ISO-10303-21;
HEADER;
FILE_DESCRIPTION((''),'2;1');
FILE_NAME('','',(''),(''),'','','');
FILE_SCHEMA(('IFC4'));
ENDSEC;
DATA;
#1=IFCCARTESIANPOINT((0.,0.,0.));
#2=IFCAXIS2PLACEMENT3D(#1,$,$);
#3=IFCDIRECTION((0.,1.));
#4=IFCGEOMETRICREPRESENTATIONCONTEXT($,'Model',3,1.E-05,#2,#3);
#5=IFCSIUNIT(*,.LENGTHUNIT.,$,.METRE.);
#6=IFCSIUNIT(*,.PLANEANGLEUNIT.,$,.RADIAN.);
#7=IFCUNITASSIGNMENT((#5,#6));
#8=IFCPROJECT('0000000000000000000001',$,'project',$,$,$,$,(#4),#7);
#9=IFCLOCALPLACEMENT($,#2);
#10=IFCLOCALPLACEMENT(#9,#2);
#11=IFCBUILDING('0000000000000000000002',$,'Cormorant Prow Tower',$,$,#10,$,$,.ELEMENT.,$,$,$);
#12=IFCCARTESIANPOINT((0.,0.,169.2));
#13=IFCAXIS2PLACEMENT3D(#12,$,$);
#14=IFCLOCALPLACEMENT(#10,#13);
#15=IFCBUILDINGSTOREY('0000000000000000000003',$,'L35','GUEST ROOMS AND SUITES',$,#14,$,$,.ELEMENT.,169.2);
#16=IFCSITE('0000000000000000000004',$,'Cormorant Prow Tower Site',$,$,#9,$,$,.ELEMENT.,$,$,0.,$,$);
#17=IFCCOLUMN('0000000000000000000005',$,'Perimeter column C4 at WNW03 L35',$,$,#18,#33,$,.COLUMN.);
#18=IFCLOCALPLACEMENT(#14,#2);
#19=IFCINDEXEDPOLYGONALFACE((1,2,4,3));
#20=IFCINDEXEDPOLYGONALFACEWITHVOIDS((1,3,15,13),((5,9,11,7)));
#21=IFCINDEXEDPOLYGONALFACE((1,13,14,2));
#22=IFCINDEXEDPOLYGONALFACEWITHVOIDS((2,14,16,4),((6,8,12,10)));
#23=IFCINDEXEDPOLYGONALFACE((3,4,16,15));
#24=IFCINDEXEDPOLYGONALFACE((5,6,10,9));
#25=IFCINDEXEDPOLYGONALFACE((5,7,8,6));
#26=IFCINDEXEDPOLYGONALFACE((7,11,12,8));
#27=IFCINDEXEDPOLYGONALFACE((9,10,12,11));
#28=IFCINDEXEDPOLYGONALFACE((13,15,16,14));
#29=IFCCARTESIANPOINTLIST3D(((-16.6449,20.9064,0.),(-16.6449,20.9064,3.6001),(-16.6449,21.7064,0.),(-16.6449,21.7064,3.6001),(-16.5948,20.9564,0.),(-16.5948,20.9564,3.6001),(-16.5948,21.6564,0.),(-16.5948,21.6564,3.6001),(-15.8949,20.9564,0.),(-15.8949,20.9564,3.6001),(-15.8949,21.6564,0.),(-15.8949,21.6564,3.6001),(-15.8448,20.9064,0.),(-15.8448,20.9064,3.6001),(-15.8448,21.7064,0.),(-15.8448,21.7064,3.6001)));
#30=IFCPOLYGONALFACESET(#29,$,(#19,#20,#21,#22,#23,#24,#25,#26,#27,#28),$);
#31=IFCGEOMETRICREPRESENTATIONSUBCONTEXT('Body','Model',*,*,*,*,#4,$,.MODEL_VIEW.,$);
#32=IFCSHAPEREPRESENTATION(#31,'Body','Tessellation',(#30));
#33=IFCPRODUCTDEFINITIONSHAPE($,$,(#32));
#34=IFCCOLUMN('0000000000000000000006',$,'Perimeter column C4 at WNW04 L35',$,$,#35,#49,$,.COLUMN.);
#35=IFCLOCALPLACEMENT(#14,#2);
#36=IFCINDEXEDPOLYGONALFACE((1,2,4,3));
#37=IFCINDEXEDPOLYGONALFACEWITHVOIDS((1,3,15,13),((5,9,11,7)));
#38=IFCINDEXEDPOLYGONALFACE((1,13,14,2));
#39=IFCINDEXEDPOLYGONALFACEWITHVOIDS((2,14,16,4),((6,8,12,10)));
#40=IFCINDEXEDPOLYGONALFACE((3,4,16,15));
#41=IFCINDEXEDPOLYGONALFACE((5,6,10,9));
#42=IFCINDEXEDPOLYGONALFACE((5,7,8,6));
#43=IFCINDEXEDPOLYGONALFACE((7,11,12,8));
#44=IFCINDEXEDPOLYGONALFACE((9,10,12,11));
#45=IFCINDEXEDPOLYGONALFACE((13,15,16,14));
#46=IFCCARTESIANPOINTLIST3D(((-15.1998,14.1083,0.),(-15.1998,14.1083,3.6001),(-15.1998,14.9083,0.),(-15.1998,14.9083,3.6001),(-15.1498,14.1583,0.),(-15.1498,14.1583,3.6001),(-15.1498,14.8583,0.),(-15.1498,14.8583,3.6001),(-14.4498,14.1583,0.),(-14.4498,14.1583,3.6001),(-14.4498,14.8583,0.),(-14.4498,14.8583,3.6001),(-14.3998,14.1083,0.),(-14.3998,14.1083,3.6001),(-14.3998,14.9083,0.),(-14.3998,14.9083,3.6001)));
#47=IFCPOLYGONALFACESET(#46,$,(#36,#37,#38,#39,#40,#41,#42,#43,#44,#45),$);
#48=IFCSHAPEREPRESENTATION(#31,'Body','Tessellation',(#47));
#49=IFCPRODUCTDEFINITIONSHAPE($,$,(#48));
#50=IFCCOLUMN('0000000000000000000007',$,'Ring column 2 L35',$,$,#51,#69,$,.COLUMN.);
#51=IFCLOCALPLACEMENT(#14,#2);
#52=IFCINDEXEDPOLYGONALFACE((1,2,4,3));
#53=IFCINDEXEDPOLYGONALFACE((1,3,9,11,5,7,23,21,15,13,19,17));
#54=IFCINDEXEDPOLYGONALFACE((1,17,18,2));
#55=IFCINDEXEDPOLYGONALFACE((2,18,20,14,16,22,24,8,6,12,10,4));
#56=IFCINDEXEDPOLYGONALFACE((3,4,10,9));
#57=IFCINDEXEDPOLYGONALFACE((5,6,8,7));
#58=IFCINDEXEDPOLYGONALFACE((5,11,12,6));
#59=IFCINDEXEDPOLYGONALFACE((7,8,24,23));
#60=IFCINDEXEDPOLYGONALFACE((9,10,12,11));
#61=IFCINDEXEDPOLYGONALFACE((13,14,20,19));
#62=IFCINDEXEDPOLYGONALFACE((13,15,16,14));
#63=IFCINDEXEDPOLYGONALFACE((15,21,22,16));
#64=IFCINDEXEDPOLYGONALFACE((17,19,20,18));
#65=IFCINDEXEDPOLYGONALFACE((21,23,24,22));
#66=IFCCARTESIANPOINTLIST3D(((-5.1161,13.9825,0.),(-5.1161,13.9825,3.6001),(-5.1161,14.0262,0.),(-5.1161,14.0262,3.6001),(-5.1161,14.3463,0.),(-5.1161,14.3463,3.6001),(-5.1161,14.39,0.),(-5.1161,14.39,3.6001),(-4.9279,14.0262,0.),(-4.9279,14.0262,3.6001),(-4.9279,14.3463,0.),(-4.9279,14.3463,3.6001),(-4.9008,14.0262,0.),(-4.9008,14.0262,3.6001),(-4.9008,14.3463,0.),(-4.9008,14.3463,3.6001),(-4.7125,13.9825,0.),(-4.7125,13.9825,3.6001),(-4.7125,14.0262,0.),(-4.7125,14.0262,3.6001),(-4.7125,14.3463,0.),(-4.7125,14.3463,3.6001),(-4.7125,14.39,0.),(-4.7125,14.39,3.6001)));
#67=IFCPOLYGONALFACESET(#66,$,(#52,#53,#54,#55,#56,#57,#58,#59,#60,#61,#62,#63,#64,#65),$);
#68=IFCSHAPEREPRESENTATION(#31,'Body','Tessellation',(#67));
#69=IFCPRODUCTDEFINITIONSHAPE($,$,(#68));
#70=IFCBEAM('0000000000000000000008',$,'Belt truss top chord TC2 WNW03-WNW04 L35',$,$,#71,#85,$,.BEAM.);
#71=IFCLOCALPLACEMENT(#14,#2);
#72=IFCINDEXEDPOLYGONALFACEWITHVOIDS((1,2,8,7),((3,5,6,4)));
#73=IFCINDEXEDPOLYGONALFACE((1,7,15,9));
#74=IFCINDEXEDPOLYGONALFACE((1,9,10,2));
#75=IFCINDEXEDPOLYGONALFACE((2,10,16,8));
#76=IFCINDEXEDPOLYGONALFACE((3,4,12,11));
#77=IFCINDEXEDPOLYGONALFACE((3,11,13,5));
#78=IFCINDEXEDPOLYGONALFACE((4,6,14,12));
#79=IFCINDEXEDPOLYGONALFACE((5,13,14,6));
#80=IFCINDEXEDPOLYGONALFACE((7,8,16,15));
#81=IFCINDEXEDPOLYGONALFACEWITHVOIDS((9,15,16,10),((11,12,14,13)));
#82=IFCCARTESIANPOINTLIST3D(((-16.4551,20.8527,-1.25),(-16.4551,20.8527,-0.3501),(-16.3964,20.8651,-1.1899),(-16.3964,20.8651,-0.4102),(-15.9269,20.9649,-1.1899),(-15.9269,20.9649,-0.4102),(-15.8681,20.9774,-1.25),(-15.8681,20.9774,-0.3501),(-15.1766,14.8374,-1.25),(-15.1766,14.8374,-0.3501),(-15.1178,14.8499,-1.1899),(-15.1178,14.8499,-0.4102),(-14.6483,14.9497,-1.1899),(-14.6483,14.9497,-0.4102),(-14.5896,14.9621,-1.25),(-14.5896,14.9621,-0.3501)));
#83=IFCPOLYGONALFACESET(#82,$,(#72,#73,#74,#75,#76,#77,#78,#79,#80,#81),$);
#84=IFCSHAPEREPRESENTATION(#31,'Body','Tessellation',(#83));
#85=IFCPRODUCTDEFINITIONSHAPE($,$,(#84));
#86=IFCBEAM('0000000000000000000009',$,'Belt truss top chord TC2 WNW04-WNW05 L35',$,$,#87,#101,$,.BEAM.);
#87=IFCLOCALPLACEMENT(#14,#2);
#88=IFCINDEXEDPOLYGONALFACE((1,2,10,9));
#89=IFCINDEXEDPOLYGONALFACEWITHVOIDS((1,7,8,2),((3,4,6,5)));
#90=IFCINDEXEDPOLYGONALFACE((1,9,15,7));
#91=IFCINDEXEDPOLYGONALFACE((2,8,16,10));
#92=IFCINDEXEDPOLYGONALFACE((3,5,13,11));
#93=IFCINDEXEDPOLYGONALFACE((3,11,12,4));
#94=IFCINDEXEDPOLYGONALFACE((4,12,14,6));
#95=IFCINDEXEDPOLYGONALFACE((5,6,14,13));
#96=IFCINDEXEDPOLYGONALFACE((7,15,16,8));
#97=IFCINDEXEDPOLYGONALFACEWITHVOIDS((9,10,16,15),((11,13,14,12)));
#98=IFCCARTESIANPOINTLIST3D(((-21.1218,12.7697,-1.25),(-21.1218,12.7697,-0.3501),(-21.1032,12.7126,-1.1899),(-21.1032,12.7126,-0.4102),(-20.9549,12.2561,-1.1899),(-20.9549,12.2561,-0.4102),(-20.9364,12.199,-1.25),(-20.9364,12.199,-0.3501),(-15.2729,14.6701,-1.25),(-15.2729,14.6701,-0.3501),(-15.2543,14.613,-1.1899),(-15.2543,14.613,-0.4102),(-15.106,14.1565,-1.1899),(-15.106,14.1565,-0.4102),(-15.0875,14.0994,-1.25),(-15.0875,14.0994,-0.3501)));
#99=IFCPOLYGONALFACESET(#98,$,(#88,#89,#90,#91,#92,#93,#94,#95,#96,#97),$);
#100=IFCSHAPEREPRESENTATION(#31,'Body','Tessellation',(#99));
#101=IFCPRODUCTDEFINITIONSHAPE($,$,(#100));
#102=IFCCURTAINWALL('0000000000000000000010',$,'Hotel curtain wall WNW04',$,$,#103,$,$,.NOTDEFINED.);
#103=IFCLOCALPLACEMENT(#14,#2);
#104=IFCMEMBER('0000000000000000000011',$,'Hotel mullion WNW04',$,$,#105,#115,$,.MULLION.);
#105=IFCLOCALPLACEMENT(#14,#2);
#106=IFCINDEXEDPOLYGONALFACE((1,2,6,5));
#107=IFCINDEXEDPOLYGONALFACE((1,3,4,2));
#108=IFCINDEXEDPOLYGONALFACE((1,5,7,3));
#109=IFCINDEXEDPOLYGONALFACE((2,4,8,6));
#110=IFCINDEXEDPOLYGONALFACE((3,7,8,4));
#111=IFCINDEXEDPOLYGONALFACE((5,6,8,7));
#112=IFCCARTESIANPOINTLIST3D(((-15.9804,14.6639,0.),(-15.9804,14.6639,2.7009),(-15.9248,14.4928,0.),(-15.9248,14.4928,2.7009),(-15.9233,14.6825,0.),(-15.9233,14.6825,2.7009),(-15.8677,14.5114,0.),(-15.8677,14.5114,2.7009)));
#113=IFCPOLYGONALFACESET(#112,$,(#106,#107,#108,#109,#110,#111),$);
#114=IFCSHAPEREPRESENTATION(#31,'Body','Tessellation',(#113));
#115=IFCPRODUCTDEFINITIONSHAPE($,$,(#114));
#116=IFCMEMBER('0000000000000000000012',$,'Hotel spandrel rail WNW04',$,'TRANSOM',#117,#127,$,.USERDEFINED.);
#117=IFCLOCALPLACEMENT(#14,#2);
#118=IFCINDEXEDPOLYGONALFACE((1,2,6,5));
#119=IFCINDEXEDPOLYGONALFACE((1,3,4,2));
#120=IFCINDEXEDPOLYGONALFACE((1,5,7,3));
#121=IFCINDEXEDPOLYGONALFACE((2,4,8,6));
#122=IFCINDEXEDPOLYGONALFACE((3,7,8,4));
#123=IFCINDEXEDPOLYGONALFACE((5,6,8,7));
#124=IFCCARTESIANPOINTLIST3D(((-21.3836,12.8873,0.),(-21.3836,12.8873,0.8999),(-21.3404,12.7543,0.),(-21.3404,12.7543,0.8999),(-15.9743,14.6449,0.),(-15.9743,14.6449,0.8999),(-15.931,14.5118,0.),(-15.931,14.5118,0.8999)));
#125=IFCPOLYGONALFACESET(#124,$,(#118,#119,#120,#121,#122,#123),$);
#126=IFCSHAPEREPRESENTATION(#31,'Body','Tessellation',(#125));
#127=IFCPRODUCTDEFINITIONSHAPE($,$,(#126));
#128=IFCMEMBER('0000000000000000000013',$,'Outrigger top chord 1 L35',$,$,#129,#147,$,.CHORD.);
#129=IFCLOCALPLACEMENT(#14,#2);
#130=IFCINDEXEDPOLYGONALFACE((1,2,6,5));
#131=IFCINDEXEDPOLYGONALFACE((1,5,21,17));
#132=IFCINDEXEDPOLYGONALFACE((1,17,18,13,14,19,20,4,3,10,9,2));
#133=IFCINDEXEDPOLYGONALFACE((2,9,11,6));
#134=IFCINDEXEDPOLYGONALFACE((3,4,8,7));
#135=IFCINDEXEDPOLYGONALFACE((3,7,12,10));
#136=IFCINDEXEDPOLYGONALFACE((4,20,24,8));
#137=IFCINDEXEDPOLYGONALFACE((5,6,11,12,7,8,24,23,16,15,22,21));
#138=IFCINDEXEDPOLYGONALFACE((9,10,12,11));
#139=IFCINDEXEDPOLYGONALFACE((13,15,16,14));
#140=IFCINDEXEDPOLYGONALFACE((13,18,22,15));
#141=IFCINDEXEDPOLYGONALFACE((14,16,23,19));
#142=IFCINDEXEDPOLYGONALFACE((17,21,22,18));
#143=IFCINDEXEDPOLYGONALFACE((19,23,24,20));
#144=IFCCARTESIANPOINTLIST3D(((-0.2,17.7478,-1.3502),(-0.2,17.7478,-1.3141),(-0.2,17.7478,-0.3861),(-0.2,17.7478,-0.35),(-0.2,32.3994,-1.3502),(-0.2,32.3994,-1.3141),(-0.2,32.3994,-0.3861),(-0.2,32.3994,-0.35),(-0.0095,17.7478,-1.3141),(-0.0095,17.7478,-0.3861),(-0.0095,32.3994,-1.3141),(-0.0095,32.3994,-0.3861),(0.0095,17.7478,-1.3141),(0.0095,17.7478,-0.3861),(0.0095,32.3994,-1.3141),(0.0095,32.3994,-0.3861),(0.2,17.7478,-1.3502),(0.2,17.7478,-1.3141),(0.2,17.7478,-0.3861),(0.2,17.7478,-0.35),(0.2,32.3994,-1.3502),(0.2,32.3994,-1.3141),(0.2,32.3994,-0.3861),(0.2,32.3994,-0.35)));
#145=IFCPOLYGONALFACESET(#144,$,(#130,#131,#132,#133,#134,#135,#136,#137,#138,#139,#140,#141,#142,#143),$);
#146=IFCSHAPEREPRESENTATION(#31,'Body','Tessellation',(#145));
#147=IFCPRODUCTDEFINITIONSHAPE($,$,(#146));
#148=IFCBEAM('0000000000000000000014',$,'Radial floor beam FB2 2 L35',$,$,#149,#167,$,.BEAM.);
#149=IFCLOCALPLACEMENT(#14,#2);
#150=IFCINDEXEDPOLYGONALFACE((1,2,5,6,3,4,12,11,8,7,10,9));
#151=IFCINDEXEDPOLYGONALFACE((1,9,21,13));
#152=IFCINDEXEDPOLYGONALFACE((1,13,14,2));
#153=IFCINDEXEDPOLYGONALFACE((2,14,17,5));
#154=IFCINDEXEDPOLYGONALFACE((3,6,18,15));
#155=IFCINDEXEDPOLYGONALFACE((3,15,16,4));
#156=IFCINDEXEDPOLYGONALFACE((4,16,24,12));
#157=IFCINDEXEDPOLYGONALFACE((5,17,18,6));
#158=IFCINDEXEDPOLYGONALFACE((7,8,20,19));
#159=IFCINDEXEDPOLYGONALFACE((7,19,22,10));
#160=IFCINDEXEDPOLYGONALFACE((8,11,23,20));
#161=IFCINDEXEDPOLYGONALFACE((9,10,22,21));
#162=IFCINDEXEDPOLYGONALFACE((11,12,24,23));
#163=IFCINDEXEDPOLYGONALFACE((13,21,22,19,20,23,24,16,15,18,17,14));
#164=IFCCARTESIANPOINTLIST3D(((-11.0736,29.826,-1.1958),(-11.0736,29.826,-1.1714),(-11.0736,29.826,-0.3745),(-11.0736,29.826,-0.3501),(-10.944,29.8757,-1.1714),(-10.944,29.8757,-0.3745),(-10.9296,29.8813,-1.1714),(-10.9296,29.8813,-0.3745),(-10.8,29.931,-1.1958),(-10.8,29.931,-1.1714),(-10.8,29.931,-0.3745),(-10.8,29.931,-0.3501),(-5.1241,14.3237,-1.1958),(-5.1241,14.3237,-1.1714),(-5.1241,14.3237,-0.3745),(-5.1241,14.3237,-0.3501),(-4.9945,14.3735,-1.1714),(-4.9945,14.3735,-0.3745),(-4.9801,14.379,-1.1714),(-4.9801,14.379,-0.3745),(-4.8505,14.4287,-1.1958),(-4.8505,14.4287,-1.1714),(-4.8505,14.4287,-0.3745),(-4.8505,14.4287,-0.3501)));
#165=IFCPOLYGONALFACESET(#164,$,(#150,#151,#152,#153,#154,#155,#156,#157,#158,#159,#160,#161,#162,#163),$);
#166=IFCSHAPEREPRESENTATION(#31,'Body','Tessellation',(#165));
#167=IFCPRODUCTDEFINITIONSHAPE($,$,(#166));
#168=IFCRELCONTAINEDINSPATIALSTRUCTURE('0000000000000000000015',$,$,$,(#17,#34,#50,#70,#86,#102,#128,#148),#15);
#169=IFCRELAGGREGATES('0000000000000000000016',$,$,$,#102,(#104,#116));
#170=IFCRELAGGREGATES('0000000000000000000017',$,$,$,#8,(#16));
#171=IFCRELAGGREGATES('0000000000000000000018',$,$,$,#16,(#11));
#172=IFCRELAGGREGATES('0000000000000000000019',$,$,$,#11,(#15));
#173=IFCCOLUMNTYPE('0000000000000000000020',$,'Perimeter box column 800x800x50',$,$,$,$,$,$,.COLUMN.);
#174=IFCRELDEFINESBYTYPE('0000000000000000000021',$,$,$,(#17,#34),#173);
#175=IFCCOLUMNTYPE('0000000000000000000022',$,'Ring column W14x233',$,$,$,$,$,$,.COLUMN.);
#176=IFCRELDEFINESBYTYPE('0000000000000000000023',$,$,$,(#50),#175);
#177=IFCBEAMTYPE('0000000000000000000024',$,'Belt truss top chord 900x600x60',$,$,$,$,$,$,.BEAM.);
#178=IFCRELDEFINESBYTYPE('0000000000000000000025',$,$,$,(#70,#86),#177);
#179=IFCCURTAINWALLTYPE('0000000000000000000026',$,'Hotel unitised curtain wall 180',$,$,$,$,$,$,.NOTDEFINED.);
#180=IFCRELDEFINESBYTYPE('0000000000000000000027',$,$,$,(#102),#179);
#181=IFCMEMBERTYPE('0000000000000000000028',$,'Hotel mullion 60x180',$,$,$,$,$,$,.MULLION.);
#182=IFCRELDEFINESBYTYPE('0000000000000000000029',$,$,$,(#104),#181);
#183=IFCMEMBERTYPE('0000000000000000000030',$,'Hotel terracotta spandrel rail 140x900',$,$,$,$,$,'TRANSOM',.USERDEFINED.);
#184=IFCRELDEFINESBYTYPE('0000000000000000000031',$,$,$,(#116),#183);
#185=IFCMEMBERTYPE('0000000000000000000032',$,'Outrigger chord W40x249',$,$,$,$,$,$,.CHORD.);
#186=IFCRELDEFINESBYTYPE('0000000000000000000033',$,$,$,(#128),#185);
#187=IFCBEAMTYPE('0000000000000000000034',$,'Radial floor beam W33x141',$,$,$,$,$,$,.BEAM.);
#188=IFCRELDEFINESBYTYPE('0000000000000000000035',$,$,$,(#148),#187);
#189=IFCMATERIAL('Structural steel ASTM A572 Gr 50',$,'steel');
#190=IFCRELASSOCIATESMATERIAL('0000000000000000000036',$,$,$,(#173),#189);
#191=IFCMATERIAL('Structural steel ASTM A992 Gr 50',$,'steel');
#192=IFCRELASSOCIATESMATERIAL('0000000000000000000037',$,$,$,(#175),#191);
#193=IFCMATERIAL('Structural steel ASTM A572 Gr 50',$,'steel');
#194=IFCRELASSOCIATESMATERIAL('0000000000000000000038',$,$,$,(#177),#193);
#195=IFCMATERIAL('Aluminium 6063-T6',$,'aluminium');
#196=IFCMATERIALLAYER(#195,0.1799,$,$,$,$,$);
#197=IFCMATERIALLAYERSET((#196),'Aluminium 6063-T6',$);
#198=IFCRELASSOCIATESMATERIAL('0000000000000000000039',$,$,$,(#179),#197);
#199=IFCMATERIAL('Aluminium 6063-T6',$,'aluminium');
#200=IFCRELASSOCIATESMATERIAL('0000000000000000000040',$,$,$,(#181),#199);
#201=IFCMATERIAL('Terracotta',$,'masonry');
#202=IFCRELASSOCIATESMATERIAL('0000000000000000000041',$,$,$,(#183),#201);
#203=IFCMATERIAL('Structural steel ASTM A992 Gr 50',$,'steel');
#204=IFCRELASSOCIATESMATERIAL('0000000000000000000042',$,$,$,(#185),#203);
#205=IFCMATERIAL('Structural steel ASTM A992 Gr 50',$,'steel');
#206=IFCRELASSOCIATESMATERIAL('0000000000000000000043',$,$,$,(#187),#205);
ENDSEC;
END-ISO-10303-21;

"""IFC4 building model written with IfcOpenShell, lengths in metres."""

from ifc_helpers import new_model, si_unit, direction, frame, origin, origin_2d, place, context, subcontext, project, spatial, rectangle, hollow_rectangle, i_section, extrude, material, layer, layer_set, material_profile, profile_set, type_object, element, aggregate, save


model = new_model("IFC4")

# Units and contexts
model_context = context("Model", 3, precision=1e-05, world=origin(), true_north=direction((0.0, 1.0)))
body_context = subcontext(model_context, "Body", "Model", "MODEL_VIEW")
ifc_project = project(units=[si_unit("LENGTHUNIT", "METRE"), si_unit("PLANEANGLEUNIT", "RADIAN")], contexts=[model_context])

# Site, building, storey
site_placement = place(None, origin())
site = spatial("IfcSite", under=ifc_project, at=site_placement, Name="Cormorant Prow Tower Site", CompositionType="ELEMENT", RefElevation=0.0)
building_placement = place(site_placement, origin())
building = spatial("IfcBuilding", under=site, at=building_placement, Name="Cormorant Prow Tower", CompositionType="ELEMENT")
storey_placement = place(building_placement, frame((0.0, 0.0, 169.2)))
storey = spatial("IfcBuildingStorey", under=building, at=storey_placement, Name="L35", Description="GUEST ROOMS AND SUITES", CompositionType="ELEMENT", Elevation=169.2)

# Columns
ifc_material_1 = material(Name="Structural steel ASTM A572 Gr 50", Category="steel")
ifc_material_profile_1 = material_profile(ifc_material_1, hollow_rectangle(XDim=0.8, YDim=0.8, WallThickness=0.05, at=origin_2d()), Name="Box 800x800x50")
ifc_profile_set_1 = profile_set([ifc_material_profile_1], Name="Structural steel ASTM A572 Gr 50")
column_type_1 = type_object("IfcColumnType", Name="Perimeter box column 800x800x50", PredefinedType="COLUMN", material=ifc_profile_set_1)
for number, where, z_axis, x_axis, name in (
    (1, (-16.2449, 21.3064, 0.0), (0.0, 0.0, 1.0), (1.0, 0.0, 0.0), "Perimeter column C4 at WNW03 L35"),
    (2, (-14.7998, 14.5083, 0.0), (0.0, 0.0, 1.0), (1.0, 0.0, 0.0), "Perimeter column C4 at WNW04 L35"),
):
    element("IfcColumn", number, at=place(storey_placement, frame(where, z_axis=z_axis, x_axis=x_axis)), inside=storey, type_object=column_type_1, Name=name, PredefinedType="COLUMN", context=body_context, shape_type="SweptSolid", body=[
        extrude(hollow_rectangle(XDim=0.8, YDim=0.8, WallThickness=0.05, at=origin_2d()), origin(), (0.0, 0.0, 1.0), 3.6001),
    ])
ifc_material_2 = material(Name="Structural steel ASTM A992 Gr 50", Category="steel")
ifc_material_profile_2 = material_profile(ifc_material_2, i_section(OverallWidth=0.4036, OverallDepth=0.4075, WebThickness=0.0271, FlangeThickness=0.0437, at=origin_2d()), Name="W14x233")
ifc_profile_set_2 = profile_set([ifc_material_profile_2], Name="Structural steel ASTM A992 Gr 50")
column_type_2 = type_object("IfcColumnType", Name="Ring column W14x233", PredefinedType="COLUMN", material=ifc_profile_set_2)
column_placement = place(storey_placement, frame((-4.9143, 14.1863, 0.0), z_axis=(0.0, 0.0, 1.0), x_axis=(1.0, 0.0, 0.0)))
element("IfcColumn", 3, at=column_placement, inside=storey, type_object=column_type_2, Name="Ring column 2 L35", PredefinedType="COLUMN", context=body_context, shape_type="SweptSolid", body=[
    extrude(i_section(OverallWidth=0.4036, OverallDepth=0.4075, WebThickness=0.0271, FlangeThickness=0.0437, at=origin_2d()), origin(), (0.0, 0.0, 1.0), 3.6001),
])

# Beams
ifc_material_3 = material(Name="Structural steel ASTM A572 Gr 50", Category="steel")
ifc_material_profile_3 = material_profile(ifc_material_3, hollow_rectangle(XDim=0.6001, YDim=0.8999, WallThickness=0.0601, at=origin_2d()), Name="Box 900x600x60")
ifc_profile_set_3 = profile_set([ifc_material_profile_3], Name="Structural steel ASTM A572 Gr 50")
beam_type_1 = type_object("IfcBeamType", Name="Belt truss top chord 900x600x60", PredefinedType="BEAM", material=ifc_profile_set_3)
beam_1_placement = place(storey_placement, frame((-16.1616, 20.915, -0.8), z_axis=(0.207905, -0.978149, 0.0), x_axis=(0.978149, 0.207905, 0.0)))
element("IfcBeam", 4, at=beam_1_placement, inside=storey, type_object=beam_type_1, Name="Belt truss top chord TC2 WNW03-WNW04 L35", PredefinedType="BEAM", context=body_context, shape_type="SweptSolid", body=[
    extrude(hollow_rectangle(XDim=0.6001, YDim=0.8999, WallThickness=0.0601, at=origin_2d()), origin(), (0.0, 0.0, 1.0), 6.1497),
])
beam_2_placement = place(storey_placement, frame((-15.1802, 14.3848, -0.8), z_axis=(-0.951058, -0.309013, 0.0), x_axis=(0.309013, -0.951058, 0.0)))
element("IfcBeam", 5, at=beam_2_placement, inside=storey, type_object=beam_type_1, Name="Belt truss top chord TC2 WNW04-WNW05 L35", PredefinedType="BEAM", context=body_context, shape_type="SweptSolid", body=[
    extrude(hollow_rectangle(XDim=0.6001, YDim=0.8999, WallThickness=0.0601, at=origin_2d()), origin(), (0.0, 0.0, 1.0), 6.1499),
])

# Curtain wall, members
ifc_material_4 = material(Name="Aluminium 6063-T6", Category="aluminium")
ifc_layer_1 = layer(ifc_material_4, 0.1799)
ifc_layer_set_1 = layer_set([ifc_layer_1], Name="Aluminium 6063-T6")
curtain_wall_type = type_object("IfcCurtainWallType", Name="Hotel unitised curtain wall 180", PredefinedType="NOTDEFINED", material=ifc_layer_set_1)
curtain_wall_1_placement = place(storey_placement, origin())
curtain_wall_1 = element("IfcCurtainWall", 6, at=curtain_wall_1_placement, inside=storey, type_object=curtain_wall_type, Name="Hotel curtain wall WNW04", PredefinedType="NOTDEFINED")
ifc_material_5 = material(Name="Aluminium 6063-T6", Category="aluminium")
ifc_material_profile_4 = material_profile(ifc_material_5, rectangle(XDim=0.1799, YDim=0.0601, at=origin_2d()), Name="Hotel mullion 60x180")
ifc_profile_set_4 = profile_set([ifc_material_profile_4], Name="Aluminium 6063-T6")
member_type_1 = type_object("IfcMemberType", Name="Hotel mullion 60x180", PredefinedType="MULLION", material=ifc_profile_set_4)
member_1_placement = place(storey_placement, frame((-15.9241, 14.5876, 0.0), z_axis=(0.0, 0.0, 1.0), x_axis=(0.309017, -0.951057, 0.0)))
member_1 = element("IfcMember", 7, at=member_1_placement, type_object=member_type_1, Name="Hotel mullion WNW04", PredefinedType="MULLION", context=body_context, shape_type="SweptSolid", body=[
    extrude(rectangle(XDim=0.1799, YDim=0.0601, at=origin_2d()), origin(), (0.0, 0.0, 1.0), 2.7009),
])
ifc_material_6 = material(Name="Terracotta", Category="masonry")
ifc_material_profile_5 = material_profile(ifc_material_6, rectangle(XDim=0.1399, YDim=0.8999, at=origin_2d()), Name="Hotel terracotta spandrel rail 140x900")
ifc_profile_set_5 = profile_set([ifc_material_profile_5], Name="Terracotta")
member_type_2 = type_object("IfcMemberType", Name="Hotel terracotta spandrel rail 140x900", ElementType="TRANSOM", PredefinedType="USERDEFINED", material=ifc_profile_set_5)
member_2_placement = place(storey_placement, frame((-15.9526, 14.5784, 0.45), z_axis=(-0.95106, -0.309007, 0.0), x_axis=(0.309007, -0.95106, 0.0)))
member_2 = element("IfcMember", 8, at=member_2_placement, type_object=member_type_2, Name="Hotel spandrel rail WNW04", ObjectType="TRANSOM", PredefinedType="USERDEFINED", context=body_context, shape_type="SweptSolid", body=[
    extrude(rectangle(XDim=0.1399, YDim=0.8999, at=origin_2d()), origin(), (0.0, 0.0, 1.0), 5.6877),
])
aggregate(curtain_wall_1, [member_1, member_2])

# Member
ifc_material_7 = material(Name="Structural steel ASTM A992 Gr 50", Category="steel")
ifc_material_profile_6 = material_profile(ifc_material_7, i_section(OverallWidth=0.3999, OverallDepth=1.0002, WebThickness=0.019, FlangeThickness=0.0361, at=origin_2d()), Name="W40x249")
ifc_profile_set_6 = profile_set([ifc_material_profile_6], Name="Structural steel ASTM A992 Gr 50")
member_type_3 = type_object("IfcMemberType", Name="Outrigger chord W40x249", PredefinedType="CHORD", material=ifc_profile_set_6)
member_3_placement = place(storey_placement, frame((0.0, 17.7478, -0.8501), z_axis=(0.0, 1.0, 0.0), x_axis=(-1.0, 0.0, 0.0)))
element("IfcMember", 9, at=member_3_placement, inside=storey, type_object=member_type_3, Name="Outrigger top chord 1 L35", PredefinedType="CHORD", context=body_context, shape_type="SweptSolid", body=[
    extrude(i_section(OverallWidth=0.3999, OverallDepth=1.0002, WebThickness=0.019, FlangeThickness=0.0361, at=origin_2d()), origin(), (0.0, 0.0, 1.0), 14.6516),
])

# Beam
ifc_material_8 = material(Name="Structural steel ASTM A992 Gr 50", Category="steel")
ifc_material_profile_7 = material_profile(ifc_material_8, i_section(OverallWidth=0.293, OverallDepth=0.8457, WebThickness=0.0154, FlangeThickness=0.0244, at=origin_2d()), Name="W33x141")
ifc_profile_set_7 = profile_set([ifc_material_profile_7], Name="Structural steel ASTM A992 Gr 50")
beam_type_2 = type_object("IfcBeamType", Name="Radial floor beam W33x141", PredefinedType="BEAM", material=ifc_profile_set_7)
beam_3_placement = place(storey_placement, frame((-4.9873, 14.3762, -0.7729), z_axis=(-0.358301, 0.933606, 0.0), x_axis=(-0.933606, -0.358301, 0.0)))
element("IfcBeam", 10, at=beam_3_placement, inside=storey, type_object=beam_type_2, Name="Radial floor beam FB2 2 L35", PredefinedType="BEAM", context=body_context, shape_type="SweptSolid", body=[
    extrude(i_section(OverallWidth=0.293, OverallDepth=0.8457, WebThickness=0.0154, FlangeThickness=0.0244, at=origin_2d()), origin(), (0.0, 0.0, 1.0), 16.6047),
])

save(model, "model.ifc")
